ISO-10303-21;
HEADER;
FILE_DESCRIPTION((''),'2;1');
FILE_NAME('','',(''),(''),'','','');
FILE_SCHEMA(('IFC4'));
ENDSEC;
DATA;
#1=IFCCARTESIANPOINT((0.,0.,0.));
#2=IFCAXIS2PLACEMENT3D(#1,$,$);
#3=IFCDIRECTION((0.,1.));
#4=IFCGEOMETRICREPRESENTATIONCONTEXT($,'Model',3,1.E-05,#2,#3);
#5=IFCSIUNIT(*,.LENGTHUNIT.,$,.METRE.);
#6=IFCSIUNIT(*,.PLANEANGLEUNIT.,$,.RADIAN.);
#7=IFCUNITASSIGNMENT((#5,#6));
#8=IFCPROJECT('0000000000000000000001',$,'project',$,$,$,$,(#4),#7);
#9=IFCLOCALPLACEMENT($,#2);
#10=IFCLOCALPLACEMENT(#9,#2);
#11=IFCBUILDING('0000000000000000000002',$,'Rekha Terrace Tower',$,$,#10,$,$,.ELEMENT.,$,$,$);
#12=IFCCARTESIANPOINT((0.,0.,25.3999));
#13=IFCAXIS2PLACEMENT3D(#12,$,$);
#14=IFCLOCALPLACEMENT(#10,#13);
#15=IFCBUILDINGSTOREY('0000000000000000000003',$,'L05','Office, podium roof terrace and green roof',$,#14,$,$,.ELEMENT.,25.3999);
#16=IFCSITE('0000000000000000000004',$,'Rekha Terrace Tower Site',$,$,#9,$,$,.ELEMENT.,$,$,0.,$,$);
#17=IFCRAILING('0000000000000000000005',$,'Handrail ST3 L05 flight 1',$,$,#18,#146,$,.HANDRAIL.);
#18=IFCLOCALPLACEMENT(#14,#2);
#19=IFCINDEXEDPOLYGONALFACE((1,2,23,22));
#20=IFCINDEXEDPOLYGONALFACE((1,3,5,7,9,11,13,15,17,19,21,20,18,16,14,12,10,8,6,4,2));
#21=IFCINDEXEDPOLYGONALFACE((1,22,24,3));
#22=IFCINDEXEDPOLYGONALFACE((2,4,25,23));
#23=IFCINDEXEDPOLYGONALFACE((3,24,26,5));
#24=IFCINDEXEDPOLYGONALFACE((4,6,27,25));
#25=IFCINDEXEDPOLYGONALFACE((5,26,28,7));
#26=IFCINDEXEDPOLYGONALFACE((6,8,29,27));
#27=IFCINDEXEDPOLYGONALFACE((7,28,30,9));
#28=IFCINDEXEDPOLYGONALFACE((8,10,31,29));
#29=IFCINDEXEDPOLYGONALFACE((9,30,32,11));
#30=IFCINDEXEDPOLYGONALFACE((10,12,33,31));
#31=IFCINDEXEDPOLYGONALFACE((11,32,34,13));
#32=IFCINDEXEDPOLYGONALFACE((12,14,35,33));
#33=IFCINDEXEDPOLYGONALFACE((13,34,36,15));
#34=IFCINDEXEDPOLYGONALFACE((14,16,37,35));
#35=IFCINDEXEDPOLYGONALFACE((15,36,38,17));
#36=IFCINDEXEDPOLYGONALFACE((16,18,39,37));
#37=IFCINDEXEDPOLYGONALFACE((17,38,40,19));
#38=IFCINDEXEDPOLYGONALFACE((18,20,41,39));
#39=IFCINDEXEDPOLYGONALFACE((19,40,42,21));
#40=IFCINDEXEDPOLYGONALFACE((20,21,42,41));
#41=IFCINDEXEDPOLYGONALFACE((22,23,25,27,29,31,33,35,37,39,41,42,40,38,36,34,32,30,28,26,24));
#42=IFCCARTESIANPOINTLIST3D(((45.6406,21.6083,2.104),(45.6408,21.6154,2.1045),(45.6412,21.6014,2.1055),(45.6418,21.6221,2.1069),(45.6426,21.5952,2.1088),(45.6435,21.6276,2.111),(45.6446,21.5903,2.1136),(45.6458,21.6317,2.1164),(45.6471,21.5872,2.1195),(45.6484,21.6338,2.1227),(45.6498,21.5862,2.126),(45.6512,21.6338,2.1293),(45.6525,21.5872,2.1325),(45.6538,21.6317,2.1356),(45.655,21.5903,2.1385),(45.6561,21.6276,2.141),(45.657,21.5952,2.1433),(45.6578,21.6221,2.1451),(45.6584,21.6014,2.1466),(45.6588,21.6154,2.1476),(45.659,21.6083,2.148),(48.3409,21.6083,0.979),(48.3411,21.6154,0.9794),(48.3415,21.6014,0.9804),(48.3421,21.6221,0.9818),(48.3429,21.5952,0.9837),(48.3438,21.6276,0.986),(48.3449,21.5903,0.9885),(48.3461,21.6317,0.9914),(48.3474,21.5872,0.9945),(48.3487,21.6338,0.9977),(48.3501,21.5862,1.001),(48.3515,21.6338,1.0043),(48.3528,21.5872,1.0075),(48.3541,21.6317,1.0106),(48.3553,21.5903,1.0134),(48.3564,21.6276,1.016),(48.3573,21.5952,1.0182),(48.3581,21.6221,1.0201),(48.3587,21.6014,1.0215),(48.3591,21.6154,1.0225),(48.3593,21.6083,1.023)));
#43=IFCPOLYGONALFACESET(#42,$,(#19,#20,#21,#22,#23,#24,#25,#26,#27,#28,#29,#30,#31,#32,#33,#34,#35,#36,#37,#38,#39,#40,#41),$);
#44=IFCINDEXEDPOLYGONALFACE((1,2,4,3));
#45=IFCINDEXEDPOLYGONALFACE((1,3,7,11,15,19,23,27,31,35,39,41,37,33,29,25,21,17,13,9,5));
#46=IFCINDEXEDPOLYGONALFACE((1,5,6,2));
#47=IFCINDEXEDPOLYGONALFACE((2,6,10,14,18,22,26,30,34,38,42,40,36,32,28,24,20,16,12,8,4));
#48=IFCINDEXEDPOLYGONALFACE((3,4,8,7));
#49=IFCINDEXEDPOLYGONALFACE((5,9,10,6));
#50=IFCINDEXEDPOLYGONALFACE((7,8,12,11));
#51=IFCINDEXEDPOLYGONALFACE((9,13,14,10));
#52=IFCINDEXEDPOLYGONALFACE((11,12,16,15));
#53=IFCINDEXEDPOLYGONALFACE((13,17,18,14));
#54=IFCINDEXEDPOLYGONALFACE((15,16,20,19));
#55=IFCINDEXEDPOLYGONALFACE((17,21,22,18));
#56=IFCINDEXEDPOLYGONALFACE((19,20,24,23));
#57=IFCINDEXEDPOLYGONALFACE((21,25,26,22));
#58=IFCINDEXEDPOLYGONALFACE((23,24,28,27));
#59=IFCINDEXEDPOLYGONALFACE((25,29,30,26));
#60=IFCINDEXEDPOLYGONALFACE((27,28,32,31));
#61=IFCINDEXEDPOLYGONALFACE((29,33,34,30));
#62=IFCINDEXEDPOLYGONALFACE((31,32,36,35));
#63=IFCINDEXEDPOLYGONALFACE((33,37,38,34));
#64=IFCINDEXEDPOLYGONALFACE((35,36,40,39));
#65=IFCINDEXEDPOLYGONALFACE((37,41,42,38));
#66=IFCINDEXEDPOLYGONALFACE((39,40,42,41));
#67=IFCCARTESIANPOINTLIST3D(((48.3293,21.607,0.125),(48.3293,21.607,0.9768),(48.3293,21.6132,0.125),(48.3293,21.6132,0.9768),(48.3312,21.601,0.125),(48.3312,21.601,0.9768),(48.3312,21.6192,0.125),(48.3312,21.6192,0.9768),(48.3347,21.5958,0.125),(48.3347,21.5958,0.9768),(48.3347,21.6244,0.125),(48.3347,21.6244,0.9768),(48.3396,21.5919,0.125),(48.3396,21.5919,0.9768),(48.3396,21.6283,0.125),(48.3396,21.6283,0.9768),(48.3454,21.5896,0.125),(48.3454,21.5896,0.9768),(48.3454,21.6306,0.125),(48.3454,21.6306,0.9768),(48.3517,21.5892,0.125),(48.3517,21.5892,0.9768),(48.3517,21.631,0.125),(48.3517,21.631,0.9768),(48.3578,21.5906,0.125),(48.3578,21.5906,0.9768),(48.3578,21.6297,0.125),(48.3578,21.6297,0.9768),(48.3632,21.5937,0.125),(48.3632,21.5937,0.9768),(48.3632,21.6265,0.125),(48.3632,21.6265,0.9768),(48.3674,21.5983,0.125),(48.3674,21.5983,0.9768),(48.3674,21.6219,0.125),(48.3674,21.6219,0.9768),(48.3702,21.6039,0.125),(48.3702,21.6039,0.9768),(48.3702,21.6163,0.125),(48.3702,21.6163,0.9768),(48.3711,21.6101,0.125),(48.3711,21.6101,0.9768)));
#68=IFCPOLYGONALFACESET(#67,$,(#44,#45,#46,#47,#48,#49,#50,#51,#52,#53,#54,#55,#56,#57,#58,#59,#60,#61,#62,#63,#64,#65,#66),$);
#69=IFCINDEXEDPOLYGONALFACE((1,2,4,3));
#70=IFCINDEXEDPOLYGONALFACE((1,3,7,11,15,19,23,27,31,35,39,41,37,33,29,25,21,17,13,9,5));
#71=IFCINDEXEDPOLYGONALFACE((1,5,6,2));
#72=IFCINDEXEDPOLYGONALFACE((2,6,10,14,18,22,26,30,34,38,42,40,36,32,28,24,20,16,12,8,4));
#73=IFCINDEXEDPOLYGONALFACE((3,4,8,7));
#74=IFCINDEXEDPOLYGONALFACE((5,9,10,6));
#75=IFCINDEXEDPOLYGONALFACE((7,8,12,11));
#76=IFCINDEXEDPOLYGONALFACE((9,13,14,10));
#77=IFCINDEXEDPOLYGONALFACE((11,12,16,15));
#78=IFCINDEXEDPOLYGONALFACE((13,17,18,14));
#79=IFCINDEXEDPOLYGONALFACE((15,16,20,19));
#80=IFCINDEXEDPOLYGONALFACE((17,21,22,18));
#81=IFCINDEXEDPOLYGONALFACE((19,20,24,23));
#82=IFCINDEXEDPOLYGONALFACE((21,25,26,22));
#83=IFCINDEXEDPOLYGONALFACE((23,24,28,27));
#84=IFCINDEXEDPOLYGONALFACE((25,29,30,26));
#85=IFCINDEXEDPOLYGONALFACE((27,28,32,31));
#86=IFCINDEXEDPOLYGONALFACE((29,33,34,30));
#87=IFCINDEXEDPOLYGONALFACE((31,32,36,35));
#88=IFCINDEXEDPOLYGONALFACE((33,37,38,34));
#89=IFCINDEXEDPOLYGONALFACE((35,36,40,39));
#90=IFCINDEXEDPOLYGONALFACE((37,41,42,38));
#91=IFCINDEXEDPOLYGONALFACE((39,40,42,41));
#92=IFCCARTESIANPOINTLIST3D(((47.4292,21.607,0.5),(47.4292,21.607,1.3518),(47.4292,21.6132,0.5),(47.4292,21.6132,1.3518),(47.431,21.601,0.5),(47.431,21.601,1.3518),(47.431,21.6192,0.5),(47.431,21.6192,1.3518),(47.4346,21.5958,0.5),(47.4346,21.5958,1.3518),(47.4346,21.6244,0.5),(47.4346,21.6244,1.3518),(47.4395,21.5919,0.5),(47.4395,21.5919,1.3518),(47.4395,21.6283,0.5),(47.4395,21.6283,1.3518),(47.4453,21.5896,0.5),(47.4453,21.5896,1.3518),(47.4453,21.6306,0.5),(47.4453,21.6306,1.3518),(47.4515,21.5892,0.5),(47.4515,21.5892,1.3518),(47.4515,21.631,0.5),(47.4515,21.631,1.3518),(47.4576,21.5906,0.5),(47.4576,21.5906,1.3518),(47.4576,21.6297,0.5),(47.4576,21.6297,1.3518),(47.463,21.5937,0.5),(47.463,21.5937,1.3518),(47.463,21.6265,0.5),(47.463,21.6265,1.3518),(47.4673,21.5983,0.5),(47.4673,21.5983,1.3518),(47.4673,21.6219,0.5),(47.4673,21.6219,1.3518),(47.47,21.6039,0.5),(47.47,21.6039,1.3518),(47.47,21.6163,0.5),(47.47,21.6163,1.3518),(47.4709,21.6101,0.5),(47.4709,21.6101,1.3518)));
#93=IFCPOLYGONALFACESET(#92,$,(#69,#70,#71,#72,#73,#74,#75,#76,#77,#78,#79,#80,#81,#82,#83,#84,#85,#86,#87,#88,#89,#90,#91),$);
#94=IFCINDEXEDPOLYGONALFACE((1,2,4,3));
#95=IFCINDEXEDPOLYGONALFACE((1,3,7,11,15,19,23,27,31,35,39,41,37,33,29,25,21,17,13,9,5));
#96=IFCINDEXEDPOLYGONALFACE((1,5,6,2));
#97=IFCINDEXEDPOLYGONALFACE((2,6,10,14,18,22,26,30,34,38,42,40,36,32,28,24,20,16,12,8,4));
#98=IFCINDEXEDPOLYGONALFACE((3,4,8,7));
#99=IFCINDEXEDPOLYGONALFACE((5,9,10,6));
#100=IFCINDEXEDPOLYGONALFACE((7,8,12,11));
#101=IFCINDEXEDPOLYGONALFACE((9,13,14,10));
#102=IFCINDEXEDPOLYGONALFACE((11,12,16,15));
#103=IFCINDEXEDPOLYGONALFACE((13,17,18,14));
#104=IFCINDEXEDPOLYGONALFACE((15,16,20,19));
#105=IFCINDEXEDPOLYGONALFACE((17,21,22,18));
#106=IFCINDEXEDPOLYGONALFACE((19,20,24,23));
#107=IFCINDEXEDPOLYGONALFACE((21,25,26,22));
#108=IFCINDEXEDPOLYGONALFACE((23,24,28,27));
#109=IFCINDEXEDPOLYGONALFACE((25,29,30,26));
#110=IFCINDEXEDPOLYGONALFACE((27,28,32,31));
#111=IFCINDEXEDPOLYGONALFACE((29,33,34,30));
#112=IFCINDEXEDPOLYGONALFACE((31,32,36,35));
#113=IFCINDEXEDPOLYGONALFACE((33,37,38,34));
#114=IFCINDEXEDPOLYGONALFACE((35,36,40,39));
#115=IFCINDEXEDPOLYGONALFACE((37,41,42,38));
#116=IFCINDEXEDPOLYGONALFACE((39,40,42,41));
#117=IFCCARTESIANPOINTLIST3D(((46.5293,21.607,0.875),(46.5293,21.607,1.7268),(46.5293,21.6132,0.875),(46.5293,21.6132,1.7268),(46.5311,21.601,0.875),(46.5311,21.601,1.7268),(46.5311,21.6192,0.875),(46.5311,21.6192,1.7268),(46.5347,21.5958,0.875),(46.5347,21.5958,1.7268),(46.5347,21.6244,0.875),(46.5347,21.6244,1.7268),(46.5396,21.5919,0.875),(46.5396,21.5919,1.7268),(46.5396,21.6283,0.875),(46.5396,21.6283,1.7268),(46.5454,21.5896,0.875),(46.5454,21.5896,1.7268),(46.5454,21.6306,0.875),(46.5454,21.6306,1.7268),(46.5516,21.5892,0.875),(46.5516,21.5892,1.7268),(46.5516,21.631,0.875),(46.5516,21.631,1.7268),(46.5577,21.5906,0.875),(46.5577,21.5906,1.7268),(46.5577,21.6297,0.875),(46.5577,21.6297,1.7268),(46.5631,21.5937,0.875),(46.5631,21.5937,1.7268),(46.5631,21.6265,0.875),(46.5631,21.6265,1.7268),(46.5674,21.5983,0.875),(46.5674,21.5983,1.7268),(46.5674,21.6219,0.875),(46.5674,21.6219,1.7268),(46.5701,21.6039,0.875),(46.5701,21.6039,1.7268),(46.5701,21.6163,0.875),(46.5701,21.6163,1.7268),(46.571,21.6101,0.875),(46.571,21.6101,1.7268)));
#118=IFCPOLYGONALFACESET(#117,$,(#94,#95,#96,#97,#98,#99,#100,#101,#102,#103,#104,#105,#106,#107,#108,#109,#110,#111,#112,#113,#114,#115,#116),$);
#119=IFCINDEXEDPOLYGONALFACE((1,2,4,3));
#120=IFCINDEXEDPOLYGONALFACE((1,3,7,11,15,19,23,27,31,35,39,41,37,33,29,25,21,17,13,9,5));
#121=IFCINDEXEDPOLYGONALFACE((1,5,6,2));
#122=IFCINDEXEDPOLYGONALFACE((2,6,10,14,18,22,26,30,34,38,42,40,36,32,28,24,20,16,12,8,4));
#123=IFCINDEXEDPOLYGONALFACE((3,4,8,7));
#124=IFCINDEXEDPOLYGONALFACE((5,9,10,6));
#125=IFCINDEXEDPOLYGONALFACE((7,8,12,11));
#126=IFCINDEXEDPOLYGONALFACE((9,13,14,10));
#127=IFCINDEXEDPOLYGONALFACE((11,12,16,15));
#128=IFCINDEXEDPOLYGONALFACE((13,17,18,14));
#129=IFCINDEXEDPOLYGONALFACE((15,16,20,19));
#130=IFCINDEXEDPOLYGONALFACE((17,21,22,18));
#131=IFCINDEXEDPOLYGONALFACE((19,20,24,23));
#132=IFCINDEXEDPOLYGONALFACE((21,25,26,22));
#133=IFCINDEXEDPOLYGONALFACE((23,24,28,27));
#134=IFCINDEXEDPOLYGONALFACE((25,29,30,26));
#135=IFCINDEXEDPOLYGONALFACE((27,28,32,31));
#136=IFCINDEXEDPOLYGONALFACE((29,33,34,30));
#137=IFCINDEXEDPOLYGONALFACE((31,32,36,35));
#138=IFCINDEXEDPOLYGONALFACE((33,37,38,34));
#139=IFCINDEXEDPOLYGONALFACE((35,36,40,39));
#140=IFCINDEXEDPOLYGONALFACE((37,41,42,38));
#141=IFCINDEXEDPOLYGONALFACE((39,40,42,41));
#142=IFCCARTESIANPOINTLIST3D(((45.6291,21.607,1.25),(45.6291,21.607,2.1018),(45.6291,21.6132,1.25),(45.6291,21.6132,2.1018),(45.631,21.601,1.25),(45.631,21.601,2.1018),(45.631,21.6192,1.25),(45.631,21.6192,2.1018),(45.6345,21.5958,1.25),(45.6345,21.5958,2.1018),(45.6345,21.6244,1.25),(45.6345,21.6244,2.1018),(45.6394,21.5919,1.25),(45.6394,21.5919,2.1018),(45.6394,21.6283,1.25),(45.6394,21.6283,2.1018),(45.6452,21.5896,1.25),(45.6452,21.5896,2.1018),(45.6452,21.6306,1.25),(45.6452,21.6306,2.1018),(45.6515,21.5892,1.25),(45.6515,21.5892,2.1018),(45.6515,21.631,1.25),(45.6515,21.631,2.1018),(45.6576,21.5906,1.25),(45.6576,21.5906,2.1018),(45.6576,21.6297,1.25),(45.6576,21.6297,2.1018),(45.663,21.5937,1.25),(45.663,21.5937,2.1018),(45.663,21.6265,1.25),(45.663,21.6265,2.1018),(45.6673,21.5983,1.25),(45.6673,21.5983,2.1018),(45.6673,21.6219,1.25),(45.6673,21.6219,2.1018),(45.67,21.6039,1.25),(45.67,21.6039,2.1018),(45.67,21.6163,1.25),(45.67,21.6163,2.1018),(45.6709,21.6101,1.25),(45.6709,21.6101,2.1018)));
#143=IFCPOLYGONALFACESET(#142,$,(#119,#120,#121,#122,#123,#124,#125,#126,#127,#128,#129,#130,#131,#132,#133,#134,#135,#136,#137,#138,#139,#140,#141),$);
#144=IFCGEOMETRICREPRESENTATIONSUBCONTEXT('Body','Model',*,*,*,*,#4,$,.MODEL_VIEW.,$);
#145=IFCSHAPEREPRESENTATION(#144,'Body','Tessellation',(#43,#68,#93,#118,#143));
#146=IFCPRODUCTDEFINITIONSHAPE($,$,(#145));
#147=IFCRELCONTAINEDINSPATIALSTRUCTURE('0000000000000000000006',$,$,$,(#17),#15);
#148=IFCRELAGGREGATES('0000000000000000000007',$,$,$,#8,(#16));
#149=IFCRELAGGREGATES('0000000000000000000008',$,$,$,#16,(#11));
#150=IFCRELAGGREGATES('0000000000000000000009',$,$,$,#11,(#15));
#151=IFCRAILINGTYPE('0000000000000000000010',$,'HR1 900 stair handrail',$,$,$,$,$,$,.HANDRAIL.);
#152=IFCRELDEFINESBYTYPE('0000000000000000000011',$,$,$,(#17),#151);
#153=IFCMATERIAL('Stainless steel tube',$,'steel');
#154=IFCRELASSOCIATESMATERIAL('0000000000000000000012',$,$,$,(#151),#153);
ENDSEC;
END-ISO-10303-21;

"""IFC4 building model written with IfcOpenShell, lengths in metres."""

from ifc_helpers import new_model, si_unit, direction, frame, origin, origin_2d, place, context, subcontext, project, spatial, circle, extrude, material, type_object, element, save


model = new_model("IFC4")

# Units and contexts
model_context = context("Model", 3, precision=1e-05, world=origin(), true_north=direction((0.0, 1.0)))
body_context = subcontext(model_context, "Body", "Model", "MODEL_VIEW")
ifc_project = project(units=[si_unit("LENGTHUNIT", "METRE"), si_unit("PLANEANGLEUNIT", "RADIAN")], contexts=[model_context])

# Site, building, storey
site_placement = place(None, origin())
site = spatial("IfcSite", under=ifc_project, at=site_placement, Name="Rekha Terrace Tower Site", CompositionType="ELEMENT", RefElevation=0.0)
building_placement = place(site_placement, origin())
building = spatial("IfcBuilding", under=site, at=building_placement, Name="Rekha Terrace Tower", CompositionType="ELEMENT")
storey_placement = place(building_placement, frame((0.0, 0.0, 25.3999)))
storey = spatial("IfcBuildingStorey", under=building, at=storey_placement, Name="L05", Description="Office, podium roof terrace and green roof", CompositionType="ELEMENT", Elevation=25.3999)

# Railing
ifc_material_1 = material(Name="Stainless steel tube", Category="steel")
railing_type_1 = type_object("IfcRailingType", Name="HR1 900 stair handrail", PredefinedType="HANDRAIL", material=ifc_material_1)
railing_1_placement = place(storey_placement, frame((48.3501, 21.6101, 0.125)))
element("IfcRailing", 1, at=railing_1_placement, inside=storey, type_object=railing_type_1, Name="Handrail ST3 L05 flight 1", PredefinedType="HANDRAIL", context=body_context, shape_type="SweptSolid", body=[
    extrude(circle(Radius=0.0239, at=origin_2d()), frame((0.0, 0.0, 0.876), z_axis=(-0.923087, 0.0, 0.384592), x_axis=(0.0, -1.0, 0.0)), (0.0, 0.0, 1.0), 2.9253),
    extrude(circle(Radius=0.021, at=origin_2d()), origin(), (0.0, 0.0, 1.0), 0.8518),
    extrude(circle(Radius=0.021, at=origin_2d()), frame((-0.9001, 0.0, 0.375)), (0.0, 0.0, 1.0), 0.8518),
    extrude(circle(Radius=0.021, at=origin_2d()), frame((-1.8, 0.0, 0.75)), (0.0, 0.0, 1.0), 0.8518),
    extrude(circle(Radius=0.021, at=origin_2d()), frame((-2.7002, 0.0, 1.125)), (0.0, 0.0, 1.0), 0.8518),
])

save(model, "model.ifc")
